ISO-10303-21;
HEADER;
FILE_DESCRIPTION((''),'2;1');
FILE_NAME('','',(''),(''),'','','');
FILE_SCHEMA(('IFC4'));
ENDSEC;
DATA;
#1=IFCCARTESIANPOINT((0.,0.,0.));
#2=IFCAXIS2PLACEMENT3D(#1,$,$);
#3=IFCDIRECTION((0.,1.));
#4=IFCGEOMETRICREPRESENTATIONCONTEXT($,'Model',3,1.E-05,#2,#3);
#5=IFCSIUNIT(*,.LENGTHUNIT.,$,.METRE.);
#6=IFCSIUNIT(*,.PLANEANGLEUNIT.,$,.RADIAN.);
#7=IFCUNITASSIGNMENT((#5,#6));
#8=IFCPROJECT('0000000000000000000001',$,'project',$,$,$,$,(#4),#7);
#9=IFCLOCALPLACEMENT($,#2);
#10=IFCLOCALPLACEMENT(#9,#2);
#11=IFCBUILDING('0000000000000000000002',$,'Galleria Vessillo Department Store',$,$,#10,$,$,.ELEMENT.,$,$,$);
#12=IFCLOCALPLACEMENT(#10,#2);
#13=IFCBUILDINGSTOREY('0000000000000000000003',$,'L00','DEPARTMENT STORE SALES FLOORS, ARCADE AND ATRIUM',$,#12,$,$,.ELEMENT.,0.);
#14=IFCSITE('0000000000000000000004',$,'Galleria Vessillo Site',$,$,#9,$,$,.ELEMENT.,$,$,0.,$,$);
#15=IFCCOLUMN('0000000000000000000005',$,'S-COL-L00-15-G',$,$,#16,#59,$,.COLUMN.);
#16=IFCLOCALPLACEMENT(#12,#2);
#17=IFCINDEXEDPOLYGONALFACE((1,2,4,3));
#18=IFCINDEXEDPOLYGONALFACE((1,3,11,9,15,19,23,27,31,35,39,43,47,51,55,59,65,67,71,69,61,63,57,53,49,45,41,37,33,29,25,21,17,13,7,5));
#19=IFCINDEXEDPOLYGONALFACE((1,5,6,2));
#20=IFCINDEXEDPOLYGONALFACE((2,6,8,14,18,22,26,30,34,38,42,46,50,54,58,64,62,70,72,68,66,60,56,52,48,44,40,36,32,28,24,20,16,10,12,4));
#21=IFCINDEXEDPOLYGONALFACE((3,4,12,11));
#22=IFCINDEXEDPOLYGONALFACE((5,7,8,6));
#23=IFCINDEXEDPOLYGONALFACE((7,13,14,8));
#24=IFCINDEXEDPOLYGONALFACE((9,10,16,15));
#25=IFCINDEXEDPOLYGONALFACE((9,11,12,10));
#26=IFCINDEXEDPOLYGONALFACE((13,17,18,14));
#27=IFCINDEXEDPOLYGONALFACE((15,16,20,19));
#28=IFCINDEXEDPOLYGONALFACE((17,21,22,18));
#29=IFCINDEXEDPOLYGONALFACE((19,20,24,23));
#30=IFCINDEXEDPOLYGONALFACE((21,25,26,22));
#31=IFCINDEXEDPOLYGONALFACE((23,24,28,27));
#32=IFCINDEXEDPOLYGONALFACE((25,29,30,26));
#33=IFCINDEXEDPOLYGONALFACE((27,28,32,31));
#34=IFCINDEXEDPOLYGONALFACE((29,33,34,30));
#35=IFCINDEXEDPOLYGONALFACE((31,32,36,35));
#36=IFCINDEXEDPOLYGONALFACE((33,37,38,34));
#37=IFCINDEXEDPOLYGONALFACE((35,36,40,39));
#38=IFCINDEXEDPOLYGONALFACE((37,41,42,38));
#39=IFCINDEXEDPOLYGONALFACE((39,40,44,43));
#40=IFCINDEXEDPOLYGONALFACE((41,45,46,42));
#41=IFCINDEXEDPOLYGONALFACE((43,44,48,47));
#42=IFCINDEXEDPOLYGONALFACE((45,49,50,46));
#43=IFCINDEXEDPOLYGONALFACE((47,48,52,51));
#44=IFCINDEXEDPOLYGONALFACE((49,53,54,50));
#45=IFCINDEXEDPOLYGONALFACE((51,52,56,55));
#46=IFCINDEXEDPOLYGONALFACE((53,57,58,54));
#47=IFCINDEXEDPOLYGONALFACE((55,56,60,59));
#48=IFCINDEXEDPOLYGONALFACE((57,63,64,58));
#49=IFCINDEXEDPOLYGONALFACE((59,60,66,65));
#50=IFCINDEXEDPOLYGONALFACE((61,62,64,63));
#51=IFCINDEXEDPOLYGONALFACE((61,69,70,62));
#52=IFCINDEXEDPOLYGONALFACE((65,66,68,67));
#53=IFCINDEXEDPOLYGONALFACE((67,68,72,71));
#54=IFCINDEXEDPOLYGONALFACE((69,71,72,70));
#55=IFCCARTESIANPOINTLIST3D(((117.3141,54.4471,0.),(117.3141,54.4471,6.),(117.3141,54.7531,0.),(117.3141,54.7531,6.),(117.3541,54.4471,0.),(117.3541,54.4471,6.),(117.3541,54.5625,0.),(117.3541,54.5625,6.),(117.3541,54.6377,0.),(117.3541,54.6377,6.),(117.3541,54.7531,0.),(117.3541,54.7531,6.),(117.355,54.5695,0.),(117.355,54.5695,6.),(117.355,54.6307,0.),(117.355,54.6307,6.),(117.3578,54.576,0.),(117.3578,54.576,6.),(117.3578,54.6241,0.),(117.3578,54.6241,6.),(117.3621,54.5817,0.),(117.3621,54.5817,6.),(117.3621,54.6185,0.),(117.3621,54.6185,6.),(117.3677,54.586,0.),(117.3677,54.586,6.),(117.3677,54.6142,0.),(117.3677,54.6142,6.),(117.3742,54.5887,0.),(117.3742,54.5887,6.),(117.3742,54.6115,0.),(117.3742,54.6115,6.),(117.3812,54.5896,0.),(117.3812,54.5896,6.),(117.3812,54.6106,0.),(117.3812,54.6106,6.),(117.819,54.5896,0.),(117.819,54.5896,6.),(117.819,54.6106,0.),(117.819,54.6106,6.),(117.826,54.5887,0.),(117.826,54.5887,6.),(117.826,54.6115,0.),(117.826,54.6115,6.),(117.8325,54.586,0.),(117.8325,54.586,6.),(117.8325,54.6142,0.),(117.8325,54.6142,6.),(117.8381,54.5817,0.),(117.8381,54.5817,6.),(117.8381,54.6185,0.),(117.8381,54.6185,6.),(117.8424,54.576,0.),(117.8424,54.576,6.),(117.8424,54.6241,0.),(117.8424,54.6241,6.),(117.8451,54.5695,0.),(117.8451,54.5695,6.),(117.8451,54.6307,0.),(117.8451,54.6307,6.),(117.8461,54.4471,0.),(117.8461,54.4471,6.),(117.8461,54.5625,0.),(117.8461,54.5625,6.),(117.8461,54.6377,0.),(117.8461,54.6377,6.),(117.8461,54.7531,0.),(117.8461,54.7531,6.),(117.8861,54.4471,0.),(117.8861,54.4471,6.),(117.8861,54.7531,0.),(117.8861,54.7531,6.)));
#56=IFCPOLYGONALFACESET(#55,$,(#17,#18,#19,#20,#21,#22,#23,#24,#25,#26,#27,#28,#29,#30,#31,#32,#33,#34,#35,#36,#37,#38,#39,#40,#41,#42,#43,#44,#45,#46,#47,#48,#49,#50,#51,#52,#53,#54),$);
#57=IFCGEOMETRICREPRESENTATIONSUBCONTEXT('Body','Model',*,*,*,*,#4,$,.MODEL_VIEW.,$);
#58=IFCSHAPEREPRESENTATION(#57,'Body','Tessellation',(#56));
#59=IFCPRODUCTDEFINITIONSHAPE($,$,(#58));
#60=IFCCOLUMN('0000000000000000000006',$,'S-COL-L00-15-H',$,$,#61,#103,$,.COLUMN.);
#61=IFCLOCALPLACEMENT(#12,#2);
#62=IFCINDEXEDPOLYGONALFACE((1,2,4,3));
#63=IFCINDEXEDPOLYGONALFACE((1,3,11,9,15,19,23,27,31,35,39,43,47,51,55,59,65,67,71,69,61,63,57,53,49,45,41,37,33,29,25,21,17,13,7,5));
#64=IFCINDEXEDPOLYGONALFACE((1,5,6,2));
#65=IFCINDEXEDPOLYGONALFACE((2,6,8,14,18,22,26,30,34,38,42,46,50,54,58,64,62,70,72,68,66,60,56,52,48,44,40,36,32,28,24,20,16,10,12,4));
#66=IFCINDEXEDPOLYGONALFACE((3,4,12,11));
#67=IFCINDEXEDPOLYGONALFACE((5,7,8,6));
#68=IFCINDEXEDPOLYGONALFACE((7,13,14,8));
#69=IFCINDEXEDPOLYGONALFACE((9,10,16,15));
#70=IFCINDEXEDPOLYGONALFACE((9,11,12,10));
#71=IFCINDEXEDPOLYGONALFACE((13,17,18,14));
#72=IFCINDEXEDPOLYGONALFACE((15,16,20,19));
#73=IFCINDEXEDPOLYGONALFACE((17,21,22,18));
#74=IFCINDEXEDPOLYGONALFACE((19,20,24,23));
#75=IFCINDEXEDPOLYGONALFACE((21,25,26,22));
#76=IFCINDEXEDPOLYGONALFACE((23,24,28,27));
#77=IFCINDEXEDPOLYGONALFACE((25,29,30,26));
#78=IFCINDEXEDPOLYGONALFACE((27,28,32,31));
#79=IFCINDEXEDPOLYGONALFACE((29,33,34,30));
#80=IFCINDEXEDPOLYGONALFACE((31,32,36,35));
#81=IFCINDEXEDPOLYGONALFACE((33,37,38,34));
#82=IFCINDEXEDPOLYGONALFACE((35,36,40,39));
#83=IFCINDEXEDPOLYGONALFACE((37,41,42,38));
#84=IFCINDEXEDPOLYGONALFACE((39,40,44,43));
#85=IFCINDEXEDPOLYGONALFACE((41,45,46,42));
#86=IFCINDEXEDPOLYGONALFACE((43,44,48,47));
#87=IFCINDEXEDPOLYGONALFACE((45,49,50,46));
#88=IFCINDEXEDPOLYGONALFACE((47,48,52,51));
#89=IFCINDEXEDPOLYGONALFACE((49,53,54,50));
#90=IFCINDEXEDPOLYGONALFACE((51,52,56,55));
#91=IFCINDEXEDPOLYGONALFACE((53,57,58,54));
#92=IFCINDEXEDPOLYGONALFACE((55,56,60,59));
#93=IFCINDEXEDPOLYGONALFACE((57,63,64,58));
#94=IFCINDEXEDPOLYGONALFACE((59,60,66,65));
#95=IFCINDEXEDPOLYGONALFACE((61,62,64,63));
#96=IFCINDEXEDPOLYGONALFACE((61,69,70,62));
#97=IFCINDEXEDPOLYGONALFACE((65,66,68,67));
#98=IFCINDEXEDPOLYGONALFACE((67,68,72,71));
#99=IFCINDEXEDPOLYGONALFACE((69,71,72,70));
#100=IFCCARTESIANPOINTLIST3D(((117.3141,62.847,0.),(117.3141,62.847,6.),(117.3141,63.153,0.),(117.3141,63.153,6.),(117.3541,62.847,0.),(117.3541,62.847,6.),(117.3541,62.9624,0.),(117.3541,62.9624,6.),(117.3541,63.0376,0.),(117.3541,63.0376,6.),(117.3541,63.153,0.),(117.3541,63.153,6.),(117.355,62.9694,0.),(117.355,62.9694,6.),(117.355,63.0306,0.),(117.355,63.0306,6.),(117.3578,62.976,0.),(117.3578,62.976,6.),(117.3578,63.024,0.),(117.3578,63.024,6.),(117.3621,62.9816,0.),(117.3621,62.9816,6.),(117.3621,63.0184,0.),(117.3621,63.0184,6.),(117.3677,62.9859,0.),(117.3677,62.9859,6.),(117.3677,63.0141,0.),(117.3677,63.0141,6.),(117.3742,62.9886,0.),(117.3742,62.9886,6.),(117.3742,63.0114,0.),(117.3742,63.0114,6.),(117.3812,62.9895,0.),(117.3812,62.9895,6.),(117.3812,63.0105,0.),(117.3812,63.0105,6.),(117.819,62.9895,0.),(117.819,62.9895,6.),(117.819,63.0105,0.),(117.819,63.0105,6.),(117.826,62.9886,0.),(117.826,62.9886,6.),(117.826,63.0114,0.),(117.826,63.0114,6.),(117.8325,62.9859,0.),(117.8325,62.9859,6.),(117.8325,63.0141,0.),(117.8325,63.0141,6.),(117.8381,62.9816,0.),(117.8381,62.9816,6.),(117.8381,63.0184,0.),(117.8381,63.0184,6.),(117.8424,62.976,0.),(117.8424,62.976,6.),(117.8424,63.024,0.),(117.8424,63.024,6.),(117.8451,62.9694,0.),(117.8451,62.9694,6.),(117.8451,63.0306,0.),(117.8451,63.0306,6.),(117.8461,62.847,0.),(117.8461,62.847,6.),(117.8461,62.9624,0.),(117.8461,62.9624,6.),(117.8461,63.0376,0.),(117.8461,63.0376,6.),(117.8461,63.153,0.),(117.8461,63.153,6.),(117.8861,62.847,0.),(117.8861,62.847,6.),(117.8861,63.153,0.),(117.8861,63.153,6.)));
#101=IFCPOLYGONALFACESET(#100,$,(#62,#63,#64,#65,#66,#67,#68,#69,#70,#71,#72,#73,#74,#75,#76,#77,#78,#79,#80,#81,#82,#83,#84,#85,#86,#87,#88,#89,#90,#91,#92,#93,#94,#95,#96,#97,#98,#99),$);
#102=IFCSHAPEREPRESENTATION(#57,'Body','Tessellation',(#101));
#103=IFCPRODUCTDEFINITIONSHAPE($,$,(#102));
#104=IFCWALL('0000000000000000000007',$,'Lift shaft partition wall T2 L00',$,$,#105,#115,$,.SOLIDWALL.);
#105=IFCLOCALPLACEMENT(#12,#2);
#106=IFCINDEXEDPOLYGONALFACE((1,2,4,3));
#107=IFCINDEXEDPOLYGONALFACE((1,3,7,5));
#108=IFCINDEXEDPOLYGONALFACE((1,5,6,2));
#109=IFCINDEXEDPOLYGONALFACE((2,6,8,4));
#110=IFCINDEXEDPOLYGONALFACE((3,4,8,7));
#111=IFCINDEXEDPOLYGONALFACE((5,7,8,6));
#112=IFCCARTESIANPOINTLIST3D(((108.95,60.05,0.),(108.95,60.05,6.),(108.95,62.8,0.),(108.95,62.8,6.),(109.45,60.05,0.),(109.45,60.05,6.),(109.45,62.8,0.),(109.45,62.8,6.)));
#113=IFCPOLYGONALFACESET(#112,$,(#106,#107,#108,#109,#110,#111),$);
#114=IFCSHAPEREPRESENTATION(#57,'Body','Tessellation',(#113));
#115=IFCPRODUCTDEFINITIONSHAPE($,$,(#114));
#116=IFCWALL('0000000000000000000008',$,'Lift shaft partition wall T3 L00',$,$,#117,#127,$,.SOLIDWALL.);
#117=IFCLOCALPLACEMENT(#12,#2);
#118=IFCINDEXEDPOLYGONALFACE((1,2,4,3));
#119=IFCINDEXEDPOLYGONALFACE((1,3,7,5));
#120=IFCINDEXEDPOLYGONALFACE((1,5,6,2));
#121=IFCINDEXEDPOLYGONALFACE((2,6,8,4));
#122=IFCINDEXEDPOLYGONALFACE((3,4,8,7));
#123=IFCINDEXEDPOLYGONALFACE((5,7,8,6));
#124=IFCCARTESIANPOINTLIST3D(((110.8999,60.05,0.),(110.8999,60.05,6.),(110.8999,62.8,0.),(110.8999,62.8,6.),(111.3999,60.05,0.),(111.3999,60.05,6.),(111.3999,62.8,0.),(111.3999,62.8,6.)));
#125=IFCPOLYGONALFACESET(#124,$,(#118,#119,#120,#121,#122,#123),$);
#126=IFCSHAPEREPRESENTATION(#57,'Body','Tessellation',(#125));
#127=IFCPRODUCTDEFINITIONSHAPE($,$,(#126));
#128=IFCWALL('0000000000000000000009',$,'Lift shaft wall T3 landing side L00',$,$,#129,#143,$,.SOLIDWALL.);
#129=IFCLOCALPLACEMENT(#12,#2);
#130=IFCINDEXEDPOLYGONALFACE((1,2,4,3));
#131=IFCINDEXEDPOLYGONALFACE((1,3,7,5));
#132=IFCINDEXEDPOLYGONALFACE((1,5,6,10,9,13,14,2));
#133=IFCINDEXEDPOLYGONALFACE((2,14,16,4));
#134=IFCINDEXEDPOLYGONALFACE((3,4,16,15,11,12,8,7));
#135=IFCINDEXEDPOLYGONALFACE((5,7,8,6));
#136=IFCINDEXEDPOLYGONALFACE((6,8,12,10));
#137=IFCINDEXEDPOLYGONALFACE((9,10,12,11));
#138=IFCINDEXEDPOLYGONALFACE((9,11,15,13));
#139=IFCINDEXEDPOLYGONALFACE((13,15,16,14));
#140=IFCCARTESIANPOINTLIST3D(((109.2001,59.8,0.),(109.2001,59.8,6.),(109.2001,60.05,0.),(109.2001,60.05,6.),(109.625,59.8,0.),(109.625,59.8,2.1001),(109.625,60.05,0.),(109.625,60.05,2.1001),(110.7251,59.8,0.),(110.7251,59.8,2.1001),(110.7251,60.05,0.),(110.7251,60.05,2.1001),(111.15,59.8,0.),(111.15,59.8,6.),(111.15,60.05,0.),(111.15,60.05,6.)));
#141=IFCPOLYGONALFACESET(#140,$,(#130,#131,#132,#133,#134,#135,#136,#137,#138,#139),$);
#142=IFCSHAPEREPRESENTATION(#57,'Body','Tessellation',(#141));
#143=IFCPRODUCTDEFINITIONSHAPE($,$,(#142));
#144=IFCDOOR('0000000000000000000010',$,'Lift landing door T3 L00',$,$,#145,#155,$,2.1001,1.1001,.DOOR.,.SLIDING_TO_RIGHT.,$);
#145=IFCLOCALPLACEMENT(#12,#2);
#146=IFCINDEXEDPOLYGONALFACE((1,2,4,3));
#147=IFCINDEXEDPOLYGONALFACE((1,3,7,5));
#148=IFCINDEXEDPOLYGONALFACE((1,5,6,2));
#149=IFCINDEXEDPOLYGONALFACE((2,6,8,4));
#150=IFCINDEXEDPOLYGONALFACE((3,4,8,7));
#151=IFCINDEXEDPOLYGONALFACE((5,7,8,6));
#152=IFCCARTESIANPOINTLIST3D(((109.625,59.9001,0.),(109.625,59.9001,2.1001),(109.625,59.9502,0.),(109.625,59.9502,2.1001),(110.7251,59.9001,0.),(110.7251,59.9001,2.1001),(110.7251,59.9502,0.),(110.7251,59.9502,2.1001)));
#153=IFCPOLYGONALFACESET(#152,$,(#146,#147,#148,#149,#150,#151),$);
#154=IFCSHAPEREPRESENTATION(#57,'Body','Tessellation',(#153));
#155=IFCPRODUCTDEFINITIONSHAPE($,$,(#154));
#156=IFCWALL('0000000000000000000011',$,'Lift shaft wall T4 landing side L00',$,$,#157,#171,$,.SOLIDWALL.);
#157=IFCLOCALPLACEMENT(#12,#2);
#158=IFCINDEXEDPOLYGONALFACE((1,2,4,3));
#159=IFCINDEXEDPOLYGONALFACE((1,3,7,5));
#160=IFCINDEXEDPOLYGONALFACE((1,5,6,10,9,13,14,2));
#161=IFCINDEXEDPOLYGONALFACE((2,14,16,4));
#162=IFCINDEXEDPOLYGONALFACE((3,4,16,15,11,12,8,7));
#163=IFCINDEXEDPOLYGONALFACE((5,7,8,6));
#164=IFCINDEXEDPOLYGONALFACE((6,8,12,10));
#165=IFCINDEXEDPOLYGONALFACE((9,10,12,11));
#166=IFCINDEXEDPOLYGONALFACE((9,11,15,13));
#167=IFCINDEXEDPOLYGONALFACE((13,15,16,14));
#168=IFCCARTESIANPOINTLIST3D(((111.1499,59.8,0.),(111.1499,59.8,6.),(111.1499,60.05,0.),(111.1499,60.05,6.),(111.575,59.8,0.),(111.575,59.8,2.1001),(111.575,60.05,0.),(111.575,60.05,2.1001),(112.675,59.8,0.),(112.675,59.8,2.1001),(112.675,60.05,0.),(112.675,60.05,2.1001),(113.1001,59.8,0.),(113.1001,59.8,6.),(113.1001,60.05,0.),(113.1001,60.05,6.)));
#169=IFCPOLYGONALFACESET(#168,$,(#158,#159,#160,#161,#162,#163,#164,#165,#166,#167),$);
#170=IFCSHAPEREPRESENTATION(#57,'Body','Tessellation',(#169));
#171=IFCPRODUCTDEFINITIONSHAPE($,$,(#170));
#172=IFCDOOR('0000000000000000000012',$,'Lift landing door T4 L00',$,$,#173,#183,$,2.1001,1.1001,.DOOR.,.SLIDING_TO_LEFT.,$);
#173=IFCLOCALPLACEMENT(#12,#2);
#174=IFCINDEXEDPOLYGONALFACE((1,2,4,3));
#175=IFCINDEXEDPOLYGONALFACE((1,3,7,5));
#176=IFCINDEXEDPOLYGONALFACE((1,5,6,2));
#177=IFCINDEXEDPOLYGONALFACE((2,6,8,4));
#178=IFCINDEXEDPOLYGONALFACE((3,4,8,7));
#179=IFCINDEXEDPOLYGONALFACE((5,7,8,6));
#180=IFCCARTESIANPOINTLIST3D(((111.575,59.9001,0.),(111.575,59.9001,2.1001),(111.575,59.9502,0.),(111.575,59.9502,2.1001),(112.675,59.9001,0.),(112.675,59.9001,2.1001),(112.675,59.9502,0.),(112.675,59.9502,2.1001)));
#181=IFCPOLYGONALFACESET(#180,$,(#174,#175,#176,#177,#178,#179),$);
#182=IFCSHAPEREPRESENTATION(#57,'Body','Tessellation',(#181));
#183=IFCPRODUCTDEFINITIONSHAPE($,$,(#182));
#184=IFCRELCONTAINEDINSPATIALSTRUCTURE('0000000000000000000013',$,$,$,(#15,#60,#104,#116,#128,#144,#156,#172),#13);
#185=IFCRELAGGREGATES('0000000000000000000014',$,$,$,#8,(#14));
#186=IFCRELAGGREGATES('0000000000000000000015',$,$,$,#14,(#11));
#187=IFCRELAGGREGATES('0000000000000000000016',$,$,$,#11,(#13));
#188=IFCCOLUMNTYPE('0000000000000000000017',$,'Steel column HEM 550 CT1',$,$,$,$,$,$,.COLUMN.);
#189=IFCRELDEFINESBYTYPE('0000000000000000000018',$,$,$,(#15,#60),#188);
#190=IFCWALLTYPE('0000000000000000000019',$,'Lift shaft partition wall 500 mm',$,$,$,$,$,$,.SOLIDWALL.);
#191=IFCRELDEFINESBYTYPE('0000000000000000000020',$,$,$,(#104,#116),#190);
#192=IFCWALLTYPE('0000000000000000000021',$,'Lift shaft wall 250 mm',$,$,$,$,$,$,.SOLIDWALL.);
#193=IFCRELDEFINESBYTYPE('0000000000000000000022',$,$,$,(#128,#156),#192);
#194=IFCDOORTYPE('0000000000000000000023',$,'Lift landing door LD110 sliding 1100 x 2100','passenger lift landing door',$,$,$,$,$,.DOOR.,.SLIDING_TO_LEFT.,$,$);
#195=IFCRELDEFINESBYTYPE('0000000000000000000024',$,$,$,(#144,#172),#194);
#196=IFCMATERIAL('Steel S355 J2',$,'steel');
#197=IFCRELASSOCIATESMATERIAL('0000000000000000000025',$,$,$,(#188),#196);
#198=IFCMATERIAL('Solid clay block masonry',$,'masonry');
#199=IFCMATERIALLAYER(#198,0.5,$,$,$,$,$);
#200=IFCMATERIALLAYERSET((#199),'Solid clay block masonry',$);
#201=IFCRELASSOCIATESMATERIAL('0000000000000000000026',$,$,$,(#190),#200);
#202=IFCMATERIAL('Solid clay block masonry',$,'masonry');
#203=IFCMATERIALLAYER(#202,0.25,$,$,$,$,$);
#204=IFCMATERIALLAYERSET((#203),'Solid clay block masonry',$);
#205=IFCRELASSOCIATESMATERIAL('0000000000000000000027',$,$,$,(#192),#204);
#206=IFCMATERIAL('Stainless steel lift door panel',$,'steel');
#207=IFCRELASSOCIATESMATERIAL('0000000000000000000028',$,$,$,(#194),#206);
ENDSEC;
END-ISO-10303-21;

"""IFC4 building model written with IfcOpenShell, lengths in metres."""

from ifc_helpers import new_model, si_unit, direction, frame, frame_2d, origin, origin_2d, place, context, subcontext, project, spatial, rectangle, i_section, extrude, material, layer, layer_set, material_profile, profile_set, type_object, element, fill, save


model = new_model("IFC4")

# Units and contexts
model_context = context("Model", 3, precision=1e-05, world=origin(), true_north=direction((0.0, 1.0)))
body_context = subcontext(model_context, "Body", "Model", "MODEL_VIEW")
ifc_project = project(units=[si_unit("LENGTHUNIT", "METRE"), si_unit("PLANEANGLEUNIT", "RADIAN")], contexts=[model_context])

# Site, building, storey
site_placement = place(None, origin())
site = spatial("IfcSite", under=ifc_project, at=site_placement, Name="Galleria Vessillo Site", CompositionType="ELEMENT", RefElevation=0.0)
building_placement = place(site_placement, origin())
building = spatial("IfcBuilding", under=site, at=building_placement, Name="Galleria Vessillo Department Store", CompositionType="ELEMENT")
storey_placement = place(building_placement, origin())
storey = spatial("IfcBuildingStorey", under=building, at=storey_placement, Name="L00", Description="DEPARTMENT STORE SALES FLOORS, ARCADE AND ATRIUM", CompositionType="ELEMENT", Elevation=0.0)

# Columns
ifc_material_1 = material(Name="Steel S355 J2", Category="steel")
ifc_material_profile = material_profile(ifc_material_1, i_section(OverallWidth=0.3059, OverallDepth=0.572, WebThickness=0.021, FlangeThickness=0.04, FilletRadius=0.0271, at=origin_2d()), Name="HEM 550")
ifc_profile_set = profile_set([ifc_material_profile], Name="Steel S355 J2")
column_type = type_object("IfcColumnType", Name="Steel column HEM 550 CT1", PredefinedType="COLUMN", material=ifc_profile_set)
for number, where, z_axis, x_axis, name in (
    (1, (117.6001, 54.6001, 0.0), (0.0, 0.0, 1.0), (0.0, 1.0, 0.0), "S-COL-L00-15-G"),
    (2, (117.6001, 63.0, 0.0), (0.0, 0.0, 1.0), (0.0, 1.0, 0.0), "S-COL-L00-15-H"),
):
    element("IfcColumn", number, at=place(storey_placement, frame(where, z_axis=z_axis, x_axis=x_axis)), inside=storey, type_object=column_type, Name=name, PredefinedType="COLUMN", context=body_context, shape_type="SweptSolid", body=[
        extrude(i_section(OverallWidth=0.3059, OverallDepth=0.572, WebThickness=0.021, FlangeThickness=0.04, FilletRadius=0.0271, at=origin_2d()), origin(), (0.0, 0.0, 1.0), 6.0),
    ])

# Walls
ifc_material_2 = material(Name="Solid clay block masonry", Category="masonry")
ifc_layer_1 = layer(ifc_material_2, 0.5)
ifc_layer_set_1 = layer_set([ifc_layer_1], Name="Solid clay block masonry")
wall_type_1 = type_object("IfcWallType", Name="Lift shaft partition wall 500 mm", PredefinedType="SOLIDWALL", material=ifc_layer_set_1)
for number, where, z_axis, x_axis, name in (
    (3, (109.2, 62.8, 0.0), (0.0, 0.0, 1.0), (0.0, -1.0, 0.0), "Lift shaft partition wall T2 L00"),
    (4, (111.1499, 62.8, 0.0), (0.0, 0.0, 1.0), (0.0, -1.0, 0.0), "Lift shaft partition wall T3 L00"),
):
    element("IfcWall", number, at=place(storey_placement, frame(where, z_axis=z_axis, x_axis=x_axis)), inside=storey, type_object=wall_type_1, Name=name, PredefinedType="SOLIDWALL", context=body_context, shape_type="SweptSolid", body=[
        extrude(rectangle(XDim=2.75, YDim=0.5, at=frame_2d((1.375, 0.0))), origin(), (0.0, 0.0, 1.0), 6.0),
    ])

# Walls, openings, doors
ifc_material_3 = material(Name="Solid clay block masonry", Category="masonry")
ifc_layer_2 = layer(ifc_material_3, 0.25)
ifc_layer_set_2 = layer_set([ifc_layer_2], Name="Solid clay block masonry")
wall_type_2 = type_object("IfcWallType", Name="Lift shaft wall 250 mm", PredefinedType="SOLIDWALL", material=ifc_layer_set_2)
wall_1_placement = place(storey_placement, frame((109.2, 59.925, 0.0), z_axis=(0.0, 0.0, 1.0), x_axis=(1.0, 0.0, 0.0)))
wall_1 = element("IfcWall", 5, at=wall_1_placement, inside=storey, type_object=wall_type_2, Name="Lift shaft wall T3 landing side L00", PredefinedType="SOLIDWALL", context=body_context, shape_type="SweptSolid", body=[
    extrude(rectangle(XDim=1.95, YDim=0.25, at=frame_2d((0.9751, 0.0))), origin(), (0.0, 0.0, 1.0), 6.0),
])
opening_1_placement = place(wall_1_placement, frame((0.425, 0.0, 0.0)))
opening_1 = element("IfcOpeningElement", 6, at=opening_1_placement, cuts=wall_1, PredefinedType="OPENING", context=body_context, shape_type="SweptSolid", body=[
    extrude(rectangle(XDim=1.1001, YDim=2.1001, at=frame_2d((0.55, 1.05))), frame((0.0, 0.135, 0.0), z_axis=(0.0, -1.0, 0.0), x_axis=(1.0, 0.0, 0.0)), (0.0, 0.0, 1.0), 0.27),
])
ifc_material_4 = material(Name="Stainless steel lift door panel", Category="steel")
door_type_1 = type_object("IfcDoorType", Name="Lift landing door LD110 sliding 1100 x 2100", Description="passenger lift landing door", OperationType="SLIDING_TO_LEFT", PredefinedType="DOOR", material=ifc_material_4)
door_1_placement = place(opening_1_placement, frame((1.1001, 0.0, 0.0), z_axis=(0.0, 0.0, 1.0), x_axis=(-1.0, 0.0, 0.0)))
door_1 = element("IfcDoor", 7, at=door_1_placement, inside=storey, type_object=door_type_1, Name="Lift landing door T3 L00", OperationType="SLIDING_TO_RIGHT", OverallHeight=2.1001, OverallWidth=1.1001, PredefinedType="DOOR", context=body_context, shape_type="SweptSolid", body=[
    extrude(rectangle(XDim=1.1001, YDim=2.1001, at=frame_2d((0.55, 1.05))), frame((0.0, 0.0249, 0.0), z_axis=(0.0, -1.0, 0.0), x_axis=(1.0, 0.0, 0.0)), (0.0, 0.0, 1.0), 0.05),
])
fill(opening_1, door_1)
wall_2_placement = place(storey_placement, frame((111.1499, 59.925, 0.0), z_axis=(0.0, 0.0, 1.0), x_axis=(1.0, 0.0, 0.0)))
wall_2 = element("IfcWall", 8, at=wall_2_placement, inside=storey, type_object=wall_type_2, Name="Lift shaft wall T4 landing side L00", PredefinedType="SOLIDWALL", context=body_context, shape_type="SweptSolid", body=[
    extrude(rectangle(XDim=1.9502, YDim=0.25, at=frame_2d((0.9751, 0.0))), origin(), (0.0, 0.0, 1.0), 6.0),
])
opening_2_placement = place(wall_2_placement, frame((0.425, 0.0, 0.0)))
opening_2 = element("IfcOpeningElement", 9, at=opening_2_placement, cuts=wall_2, PredefinedType="OPENING", context=body_context, shape_type="SweptSolid", body=[
    extrude(rectangle(XDim=1.1001, YDim=2.1001, at=frame_2d((0.55, 1.05))), frame((0.0, 0.135, 0.0), z_axis=(0.0, -1.0, 0.0), x_axis=(1.0, 0.0, 0.0)), (0.0, 0.0, 1.0), 0.27),
])
door_2_placement = place(opening_2_placement, frame((1.1001, 0.0, 0.0), z_axis=(0.0, 0.0, 1.0), x_axis=(-1.0, 0.0, 0.0)))
door_2 = element("IfcDoor", 10, at=door_2_placement, inside=storey, type_object=door_type_1, Name="Lift landing door T4 L00", OperationType="SLIDING_TO_LEFT", OverallHeight=2.1001, OverallWidth=1.1001, PredefinedType="DOOR", context=body_context, shape_type="SweptSolid", body=[
    extrude(rectangle(XDim=1.1001, YDim=2.1001, at=frame_2d((0.55, 1.05))), frame((0.0, 0.0249, 0.0), z_axis=(0.0, -1.0, 0.0), x_axis=(1.0, 0.0, 0.0)), (0.0, 0.0, 1.0), 0.05),
])
fill(opening_2, door_2)

save(model, "model.ifc")
